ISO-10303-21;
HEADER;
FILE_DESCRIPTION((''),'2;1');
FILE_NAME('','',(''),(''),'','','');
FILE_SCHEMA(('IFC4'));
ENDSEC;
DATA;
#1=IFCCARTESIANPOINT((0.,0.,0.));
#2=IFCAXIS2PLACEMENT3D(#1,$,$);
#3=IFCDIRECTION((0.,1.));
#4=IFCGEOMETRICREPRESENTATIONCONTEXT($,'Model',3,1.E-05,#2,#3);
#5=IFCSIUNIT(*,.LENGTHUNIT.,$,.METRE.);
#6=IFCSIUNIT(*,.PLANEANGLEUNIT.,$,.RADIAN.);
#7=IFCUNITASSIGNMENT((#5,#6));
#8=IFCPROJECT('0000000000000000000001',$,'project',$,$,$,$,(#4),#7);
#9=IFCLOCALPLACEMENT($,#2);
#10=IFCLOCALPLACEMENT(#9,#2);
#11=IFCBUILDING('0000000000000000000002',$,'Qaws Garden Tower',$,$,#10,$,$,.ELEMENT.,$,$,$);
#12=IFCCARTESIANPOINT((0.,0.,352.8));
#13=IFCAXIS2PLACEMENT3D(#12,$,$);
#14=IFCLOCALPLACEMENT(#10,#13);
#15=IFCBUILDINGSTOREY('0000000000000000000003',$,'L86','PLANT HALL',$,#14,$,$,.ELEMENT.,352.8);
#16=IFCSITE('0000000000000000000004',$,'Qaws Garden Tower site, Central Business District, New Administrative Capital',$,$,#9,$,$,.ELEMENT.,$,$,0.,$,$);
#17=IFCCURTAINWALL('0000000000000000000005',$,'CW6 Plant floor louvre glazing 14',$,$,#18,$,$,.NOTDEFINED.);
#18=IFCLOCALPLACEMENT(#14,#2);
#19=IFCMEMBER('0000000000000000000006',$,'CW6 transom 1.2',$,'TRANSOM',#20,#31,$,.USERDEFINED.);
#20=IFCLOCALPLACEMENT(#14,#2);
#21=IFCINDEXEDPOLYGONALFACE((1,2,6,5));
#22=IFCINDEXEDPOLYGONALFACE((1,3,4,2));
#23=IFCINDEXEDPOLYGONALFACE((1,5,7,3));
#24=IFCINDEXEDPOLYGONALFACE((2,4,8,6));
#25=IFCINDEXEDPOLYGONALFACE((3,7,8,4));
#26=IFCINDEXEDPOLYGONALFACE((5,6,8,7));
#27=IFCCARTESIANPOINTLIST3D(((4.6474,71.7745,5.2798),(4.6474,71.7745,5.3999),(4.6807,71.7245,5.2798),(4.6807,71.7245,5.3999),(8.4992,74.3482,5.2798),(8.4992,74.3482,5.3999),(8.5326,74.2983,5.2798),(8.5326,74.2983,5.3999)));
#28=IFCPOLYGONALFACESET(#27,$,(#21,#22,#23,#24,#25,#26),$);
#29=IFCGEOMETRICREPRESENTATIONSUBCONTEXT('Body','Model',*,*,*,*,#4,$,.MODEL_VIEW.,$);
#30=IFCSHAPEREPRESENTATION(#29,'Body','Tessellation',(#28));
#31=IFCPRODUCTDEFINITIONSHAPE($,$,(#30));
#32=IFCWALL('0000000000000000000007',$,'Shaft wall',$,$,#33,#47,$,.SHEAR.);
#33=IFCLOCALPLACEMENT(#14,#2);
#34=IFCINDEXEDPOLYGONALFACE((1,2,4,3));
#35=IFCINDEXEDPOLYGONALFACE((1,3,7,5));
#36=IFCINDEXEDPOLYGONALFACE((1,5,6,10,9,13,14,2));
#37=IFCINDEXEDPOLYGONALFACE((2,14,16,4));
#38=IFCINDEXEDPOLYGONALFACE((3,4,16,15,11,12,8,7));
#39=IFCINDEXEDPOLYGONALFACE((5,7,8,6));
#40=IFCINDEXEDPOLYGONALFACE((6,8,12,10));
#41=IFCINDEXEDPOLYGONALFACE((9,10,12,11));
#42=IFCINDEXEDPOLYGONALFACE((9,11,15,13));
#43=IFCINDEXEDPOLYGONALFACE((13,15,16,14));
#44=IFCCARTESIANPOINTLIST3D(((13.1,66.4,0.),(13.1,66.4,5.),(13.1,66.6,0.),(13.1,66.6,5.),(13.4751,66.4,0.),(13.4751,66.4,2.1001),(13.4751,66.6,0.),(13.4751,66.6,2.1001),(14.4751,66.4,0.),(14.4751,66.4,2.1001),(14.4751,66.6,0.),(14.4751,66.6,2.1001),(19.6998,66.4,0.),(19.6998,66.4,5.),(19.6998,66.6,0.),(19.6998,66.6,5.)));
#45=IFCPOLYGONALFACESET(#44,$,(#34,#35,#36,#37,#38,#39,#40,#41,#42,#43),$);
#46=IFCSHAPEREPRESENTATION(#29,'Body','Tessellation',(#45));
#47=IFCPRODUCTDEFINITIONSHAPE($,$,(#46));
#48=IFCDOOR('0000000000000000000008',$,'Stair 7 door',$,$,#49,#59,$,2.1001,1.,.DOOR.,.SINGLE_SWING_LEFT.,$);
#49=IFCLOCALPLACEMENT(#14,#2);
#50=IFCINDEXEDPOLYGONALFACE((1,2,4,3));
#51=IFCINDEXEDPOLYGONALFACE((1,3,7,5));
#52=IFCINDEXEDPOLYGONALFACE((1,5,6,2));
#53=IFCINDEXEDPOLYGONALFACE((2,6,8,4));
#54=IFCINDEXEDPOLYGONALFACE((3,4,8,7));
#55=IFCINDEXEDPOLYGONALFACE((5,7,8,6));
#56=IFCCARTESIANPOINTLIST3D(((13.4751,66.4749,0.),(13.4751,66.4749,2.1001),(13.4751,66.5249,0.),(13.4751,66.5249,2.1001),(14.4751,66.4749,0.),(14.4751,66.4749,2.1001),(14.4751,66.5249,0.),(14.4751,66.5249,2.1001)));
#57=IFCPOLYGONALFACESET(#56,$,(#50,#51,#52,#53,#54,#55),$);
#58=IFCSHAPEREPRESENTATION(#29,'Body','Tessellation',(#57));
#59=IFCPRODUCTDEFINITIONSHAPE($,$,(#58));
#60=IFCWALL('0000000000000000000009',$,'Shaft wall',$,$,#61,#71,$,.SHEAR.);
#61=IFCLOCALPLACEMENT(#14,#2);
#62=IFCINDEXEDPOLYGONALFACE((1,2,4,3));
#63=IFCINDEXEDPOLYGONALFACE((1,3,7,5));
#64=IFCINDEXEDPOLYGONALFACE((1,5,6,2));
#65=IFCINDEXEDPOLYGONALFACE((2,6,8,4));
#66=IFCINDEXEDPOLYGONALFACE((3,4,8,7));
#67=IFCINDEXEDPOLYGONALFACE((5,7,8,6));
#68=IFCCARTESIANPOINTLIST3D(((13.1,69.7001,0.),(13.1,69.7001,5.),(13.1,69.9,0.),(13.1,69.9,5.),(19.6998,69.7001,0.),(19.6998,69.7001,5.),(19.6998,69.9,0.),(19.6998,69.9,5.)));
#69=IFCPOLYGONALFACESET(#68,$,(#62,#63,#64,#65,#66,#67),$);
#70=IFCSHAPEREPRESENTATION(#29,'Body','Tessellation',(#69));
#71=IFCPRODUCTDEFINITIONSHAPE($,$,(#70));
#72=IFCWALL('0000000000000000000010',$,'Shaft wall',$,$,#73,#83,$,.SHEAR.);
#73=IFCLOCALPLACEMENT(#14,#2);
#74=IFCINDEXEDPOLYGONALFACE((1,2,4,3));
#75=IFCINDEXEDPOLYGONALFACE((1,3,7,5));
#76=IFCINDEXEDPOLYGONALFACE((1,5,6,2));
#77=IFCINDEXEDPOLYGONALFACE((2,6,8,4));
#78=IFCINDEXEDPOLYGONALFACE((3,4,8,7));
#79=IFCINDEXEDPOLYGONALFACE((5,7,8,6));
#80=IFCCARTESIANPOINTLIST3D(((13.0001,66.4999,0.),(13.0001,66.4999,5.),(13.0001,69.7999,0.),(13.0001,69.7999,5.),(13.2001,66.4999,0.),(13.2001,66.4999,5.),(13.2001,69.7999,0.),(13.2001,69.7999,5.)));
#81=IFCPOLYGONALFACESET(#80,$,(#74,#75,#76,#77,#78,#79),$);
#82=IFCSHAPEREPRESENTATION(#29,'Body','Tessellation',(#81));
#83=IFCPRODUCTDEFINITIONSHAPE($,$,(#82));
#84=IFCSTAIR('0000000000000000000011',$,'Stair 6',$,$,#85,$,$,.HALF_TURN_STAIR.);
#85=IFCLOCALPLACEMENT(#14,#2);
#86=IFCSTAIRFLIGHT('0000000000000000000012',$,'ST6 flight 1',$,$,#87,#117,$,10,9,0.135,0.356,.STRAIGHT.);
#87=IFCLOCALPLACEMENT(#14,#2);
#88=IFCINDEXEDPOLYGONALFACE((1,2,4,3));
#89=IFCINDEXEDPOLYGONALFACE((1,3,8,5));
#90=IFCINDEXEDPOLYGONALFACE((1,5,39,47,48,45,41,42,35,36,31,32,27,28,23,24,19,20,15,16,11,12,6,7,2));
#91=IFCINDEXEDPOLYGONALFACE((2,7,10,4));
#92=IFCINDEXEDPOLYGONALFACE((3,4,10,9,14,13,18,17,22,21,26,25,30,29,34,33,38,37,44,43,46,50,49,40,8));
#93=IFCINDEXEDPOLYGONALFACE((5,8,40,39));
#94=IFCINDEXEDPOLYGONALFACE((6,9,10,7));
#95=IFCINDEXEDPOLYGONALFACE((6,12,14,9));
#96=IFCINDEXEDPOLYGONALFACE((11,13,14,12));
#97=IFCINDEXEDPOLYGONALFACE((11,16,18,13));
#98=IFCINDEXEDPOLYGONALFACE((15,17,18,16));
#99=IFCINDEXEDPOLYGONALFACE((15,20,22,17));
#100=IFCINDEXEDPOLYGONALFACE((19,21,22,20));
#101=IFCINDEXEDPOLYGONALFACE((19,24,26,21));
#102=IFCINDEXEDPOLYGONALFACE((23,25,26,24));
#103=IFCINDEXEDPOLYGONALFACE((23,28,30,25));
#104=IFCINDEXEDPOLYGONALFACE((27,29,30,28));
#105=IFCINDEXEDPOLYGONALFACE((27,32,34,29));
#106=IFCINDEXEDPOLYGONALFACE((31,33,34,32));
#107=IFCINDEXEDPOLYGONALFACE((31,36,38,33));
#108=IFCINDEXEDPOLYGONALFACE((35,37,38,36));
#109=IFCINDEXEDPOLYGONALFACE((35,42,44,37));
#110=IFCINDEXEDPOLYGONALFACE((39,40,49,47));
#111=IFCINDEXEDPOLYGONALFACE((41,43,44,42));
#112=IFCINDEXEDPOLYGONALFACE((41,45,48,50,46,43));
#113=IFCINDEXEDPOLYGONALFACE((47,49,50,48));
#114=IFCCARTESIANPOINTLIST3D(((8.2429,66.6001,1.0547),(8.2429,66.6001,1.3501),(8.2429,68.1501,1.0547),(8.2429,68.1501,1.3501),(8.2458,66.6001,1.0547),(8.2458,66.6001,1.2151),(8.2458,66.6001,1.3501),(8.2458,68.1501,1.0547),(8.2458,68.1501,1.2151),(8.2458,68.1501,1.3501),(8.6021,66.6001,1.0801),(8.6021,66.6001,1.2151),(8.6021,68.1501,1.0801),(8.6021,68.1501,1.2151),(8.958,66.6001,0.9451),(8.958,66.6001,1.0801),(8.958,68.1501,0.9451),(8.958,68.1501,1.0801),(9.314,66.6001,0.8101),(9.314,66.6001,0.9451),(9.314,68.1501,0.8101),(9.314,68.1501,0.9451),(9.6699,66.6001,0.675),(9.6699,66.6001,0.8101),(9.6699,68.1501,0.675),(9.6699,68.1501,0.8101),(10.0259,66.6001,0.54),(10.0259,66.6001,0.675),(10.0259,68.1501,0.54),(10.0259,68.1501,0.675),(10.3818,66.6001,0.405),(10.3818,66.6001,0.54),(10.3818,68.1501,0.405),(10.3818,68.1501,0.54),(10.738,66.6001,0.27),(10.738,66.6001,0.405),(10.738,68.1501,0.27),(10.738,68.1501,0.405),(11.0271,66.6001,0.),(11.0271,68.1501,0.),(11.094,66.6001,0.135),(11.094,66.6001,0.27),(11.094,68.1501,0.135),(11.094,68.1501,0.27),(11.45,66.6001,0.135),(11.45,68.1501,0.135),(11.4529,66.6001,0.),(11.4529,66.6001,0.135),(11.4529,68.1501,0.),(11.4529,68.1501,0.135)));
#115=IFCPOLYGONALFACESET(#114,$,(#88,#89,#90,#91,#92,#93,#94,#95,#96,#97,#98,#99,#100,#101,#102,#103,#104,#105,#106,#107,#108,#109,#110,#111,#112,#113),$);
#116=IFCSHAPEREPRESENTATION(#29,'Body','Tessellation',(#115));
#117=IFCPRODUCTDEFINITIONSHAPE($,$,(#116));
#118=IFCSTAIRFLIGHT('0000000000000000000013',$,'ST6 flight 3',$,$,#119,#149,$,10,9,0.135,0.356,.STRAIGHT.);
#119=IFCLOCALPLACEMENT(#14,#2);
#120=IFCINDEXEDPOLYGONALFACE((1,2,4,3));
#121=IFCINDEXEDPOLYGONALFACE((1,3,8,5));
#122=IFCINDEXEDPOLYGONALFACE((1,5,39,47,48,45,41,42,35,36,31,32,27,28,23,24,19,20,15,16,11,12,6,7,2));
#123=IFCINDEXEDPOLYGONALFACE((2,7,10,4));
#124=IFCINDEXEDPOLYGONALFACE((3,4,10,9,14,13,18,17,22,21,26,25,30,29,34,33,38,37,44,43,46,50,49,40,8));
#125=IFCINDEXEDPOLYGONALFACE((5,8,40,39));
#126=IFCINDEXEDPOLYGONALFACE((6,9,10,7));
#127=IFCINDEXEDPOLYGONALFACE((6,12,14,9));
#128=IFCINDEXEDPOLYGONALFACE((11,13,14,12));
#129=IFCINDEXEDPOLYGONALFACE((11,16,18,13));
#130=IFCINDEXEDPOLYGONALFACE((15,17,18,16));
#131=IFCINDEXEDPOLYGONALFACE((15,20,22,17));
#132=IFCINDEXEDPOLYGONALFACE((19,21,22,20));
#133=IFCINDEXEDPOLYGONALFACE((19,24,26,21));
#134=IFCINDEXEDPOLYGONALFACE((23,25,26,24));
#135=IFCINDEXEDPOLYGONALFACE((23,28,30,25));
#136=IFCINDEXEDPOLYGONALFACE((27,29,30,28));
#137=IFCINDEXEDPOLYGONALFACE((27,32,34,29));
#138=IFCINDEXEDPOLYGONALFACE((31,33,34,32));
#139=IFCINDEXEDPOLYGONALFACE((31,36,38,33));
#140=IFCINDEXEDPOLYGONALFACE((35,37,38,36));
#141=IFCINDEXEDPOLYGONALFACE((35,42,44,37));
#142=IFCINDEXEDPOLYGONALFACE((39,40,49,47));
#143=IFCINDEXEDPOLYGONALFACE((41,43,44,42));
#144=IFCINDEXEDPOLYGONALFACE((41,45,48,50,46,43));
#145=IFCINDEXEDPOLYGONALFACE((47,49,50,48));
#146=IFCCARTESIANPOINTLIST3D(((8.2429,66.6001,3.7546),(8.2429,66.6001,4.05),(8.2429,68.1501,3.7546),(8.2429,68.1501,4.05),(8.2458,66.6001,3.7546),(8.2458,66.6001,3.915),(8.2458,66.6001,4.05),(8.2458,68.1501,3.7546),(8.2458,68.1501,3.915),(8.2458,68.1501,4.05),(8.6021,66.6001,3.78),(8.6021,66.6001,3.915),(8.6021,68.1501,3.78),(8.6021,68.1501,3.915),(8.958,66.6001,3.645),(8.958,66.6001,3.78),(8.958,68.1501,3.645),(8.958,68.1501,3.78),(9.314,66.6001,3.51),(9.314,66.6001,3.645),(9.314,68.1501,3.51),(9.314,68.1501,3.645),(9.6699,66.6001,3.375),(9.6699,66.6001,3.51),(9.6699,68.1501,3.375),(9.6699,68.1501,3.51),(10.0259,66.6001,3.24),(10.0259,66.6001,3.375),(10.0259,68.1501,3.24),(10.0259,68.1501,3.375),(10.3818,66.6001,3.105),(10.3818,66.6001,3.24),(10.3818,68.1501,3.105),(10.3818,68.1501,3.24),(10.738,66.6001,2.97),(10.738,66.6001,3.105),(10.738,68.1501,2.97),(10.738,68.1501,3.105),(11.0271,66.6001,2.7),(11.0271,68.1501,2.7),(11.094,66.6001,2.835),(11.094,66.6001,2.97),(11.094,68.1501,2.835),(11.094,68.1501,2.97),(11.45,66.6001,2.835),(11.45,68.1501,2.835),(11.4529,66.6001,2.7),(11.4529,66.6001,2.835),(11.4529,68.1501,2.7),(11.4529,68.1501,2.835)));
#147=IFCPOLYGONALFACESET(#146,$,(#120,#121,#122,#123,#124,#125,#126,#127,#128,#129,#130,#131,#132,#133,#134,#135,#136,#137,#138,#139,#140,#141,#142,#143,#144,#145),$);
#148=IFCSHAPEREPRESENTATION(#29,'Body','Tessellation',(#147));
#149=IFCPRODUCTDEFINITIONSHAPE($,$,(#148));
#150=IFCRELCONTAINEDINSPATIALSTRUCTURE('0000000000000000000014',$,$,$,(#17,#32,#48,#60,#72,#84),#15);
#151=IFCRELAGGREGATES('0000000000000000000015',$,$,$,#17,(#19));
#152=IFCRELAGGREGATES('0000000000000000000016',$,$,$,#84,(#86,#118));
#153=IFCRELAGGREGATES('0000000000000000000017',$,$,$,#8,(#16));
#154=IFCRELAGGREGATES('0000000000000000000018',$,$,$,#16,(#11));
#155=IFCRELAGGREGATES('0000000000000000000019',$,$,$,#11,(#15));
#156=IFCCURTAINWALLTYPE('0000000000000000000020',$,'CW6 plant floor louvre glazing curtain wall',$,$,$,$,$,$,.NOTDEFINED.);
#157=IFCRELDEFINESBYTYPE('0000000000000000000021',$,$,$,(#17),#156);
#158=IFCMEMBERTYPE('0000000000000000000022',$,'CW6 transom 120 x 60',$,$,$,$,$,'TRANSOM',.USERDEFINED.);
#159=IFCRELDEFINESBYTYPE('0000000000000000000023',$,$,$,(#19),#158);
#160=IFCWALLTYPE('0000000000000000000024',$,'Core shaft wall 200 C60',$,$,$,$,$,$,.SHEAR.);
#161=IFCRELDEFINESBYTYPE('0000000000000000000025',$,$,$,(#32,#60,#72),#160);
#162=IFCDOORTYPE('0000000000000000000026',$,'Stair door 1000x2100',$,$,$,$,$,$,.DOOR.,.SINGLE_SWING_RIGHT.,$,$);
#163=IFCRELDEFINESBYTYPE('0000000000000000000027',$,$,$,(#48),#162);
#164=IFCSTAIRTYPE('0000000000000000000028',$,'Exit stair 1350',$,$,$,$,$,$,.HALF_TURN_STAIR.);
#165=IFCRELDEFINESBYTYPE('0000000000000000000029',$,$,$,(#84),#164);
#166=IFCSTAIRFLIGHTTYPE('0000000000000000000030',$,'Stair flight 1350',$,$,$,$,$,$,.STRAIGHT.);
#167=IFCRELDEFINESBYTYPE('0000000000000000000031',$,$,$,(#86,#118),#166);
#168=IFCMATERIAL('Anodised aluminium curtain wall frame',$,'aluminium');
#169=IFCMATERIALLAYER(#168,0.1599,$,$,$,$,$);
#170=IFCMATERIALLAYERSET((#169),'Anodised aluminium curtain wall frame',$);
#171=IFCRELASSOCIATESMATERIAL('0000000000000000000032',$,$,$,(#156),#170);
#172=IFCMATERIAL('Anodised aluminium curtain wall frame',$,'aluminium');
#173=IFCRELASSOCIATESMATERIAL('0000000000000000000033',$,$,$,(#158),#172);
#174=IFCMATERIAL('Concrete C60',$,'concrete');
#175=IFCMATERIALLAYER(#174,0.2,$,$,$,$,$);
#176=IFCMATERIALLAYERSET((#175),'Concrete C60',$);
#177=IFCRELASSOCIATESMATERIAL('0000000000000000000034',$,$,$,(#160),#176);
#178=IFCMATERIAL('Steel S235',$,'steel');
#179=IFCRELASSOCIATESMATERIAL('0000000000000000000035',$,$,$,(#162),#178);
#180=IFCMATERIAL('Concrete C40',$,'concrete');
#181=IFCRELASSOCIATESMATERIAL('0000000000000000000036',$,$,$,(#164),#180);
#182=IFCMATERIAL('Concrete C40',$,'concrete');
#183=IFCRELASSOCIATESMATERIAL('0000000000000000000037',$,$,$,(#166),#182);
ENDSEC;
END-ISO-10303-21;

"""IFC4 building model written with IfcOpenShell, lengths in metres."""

from ifc_helpers import new_model, si_unit, direction, frame, frame_2d, origin, origin_2d, place, context, subcontext, project, spatial, polyline, rectangle, outline, extrude, material, layer, layer_set, material_profile, profile_set, type_object, element, fill, aggregate, save


model = new_model("IFC4")

# Units and contexts
model_context = context("Model", 3, precision=1e-05, world=origin(), true_north=direction((0.0, 1.0)))
body_context = subcontext(model_context, "Body", "Model", "MODEL_VIEW")
ifc_project = project(units=[si_unit("LENGTHUNIT", "METRE"), si_unit("PLANEANGLEUNIT", "RADIAN")], contexts=[model_context])

# Site, building, storey
site_placement = place(None, origin())
site = spatial("IfcSite", under=ifc_project, at=site_placement, Name="Qaws Garden Tower site, Central Business District, New Administrative Capital", CompositionType="ELEMENT", RefElevation=0.0)
building_placement = place(site_placement, origin())
building = spatial("IfcBuilding", under=site, at=building_placement, Name="Qaws Garden Tower", CompositionType="ELEMENT")
storey_placement = place(building_placement, frame((0.0, 0.0, 352.8)))
storey = spatial("IfcBuildingStorey", under=building, at=storey_placement, Name="L86", Description="PLANT HALL", CompositionType="ELEMENT", Elevation=352.8)

# Curtain wall
ifc_material_1 = material(Name="Anodised aluminium curtain wall frame", Category="aluminium")
ifc_layer_1 = layer(ifc_material_1, 0.1599)
ifc_layer_set_1 = layer_set([ifc_layer_1], Name="Anodised aluminium curtain wall frame")
curtain_wall_type = type_object("IfcCurtainWallType", Name="CW6 plant floor louvre glazing curtain wall", PredefinedType="NOTDEFINED", material=ifc_layer_set_1)
placement_1 = place(storey_placement, origin())
curtain_wall_1 = element("IfcCurtainWall", 1, at=placement_1, inside=storey, type_object=curtain_wall_type, Name="CW6 Plant floor louvre glazing 14", PredefinedType="NOTDEFINED")

# Member
ifc_material_2 = material(Name="Anodised aluminium curtain wall frame", Category="aluminium")
ifc_material_profile_1 = material_profile(ifc_material_2, rectangle(XDim=0.0601, YDim=0.1201, at=origin_2d()), Name="AL 60x120")
ifc_profile_set_1 = profile_set([ifc_material_profile_1], Name="Anodised aluminium curtain wall frame")
member_type_1 = type_object("IfcMemberType", Name="CW6 transom 120 x 60", ElementType="TRANSOM", PredefinedType="USERDEFINED", material=ifc_profile_set_1)
member_1_placement = place(storey_placement, frame((8.5159, 74.3232, 5.3398), z_axis=(-0.831466, -0.555576, 0.0), x_axis=(0.555576, -0.831466, 0.0)))
member_1 = element("IfcMember", 2, at=member_1_placement, type_object=member_type_1, Name="CW6 transom 1.2", ObjectType="TRANSOM", PredefinedType="USERDEFINED", context=body_context, shape_type="SweptSolid", body=[
    extrude(rectangle(XDim=0.0601, YDim=0.1201, at=origin_2d()), origin(), (0.0, 0.0, 1.0), 4.6326),
])

aggregate(curtain_wall_1, [member_1])

# Wall, opening, door
ifc_material_3 = material(Name="Concrete C60", Category="concrete")
ifc_layer_2 = layer(ifc_material_3, 0.2)
ifc_layer_set_2 = layer_set([ifc_layer_2], Name="Concrete C60")
wall_type = type_object("IfcWallType", Name="Core shaft wall 200 C60", PredefinedType="SHEAR", material=ifc_layer_set_2)
wall_1_placement = place(storey_placement, frame((13.1001, 66.5, 0.0), z_axis=(0.0, 0.0, 1.0), x_axis=(1.0, 0.0, 0.0)))
wall_1 = element("IfcWall", 3, at=wall_1_placement, inside=storey, type_object=wall_type, Name="Shaft wall", PredefinedType="SHEAR", context=body_context, shape_type="SweptSolid", body=[
    extrude(rectangle(XDim=6.5999, YDim=0.2, at=frame_2d((3.2998, 0.0))), origin(), (0.0, 0.0, 1.0), 5.0),
])
opening_placement = place(wall_1_placement, frame((0.375, 0.0, 0.0)))
opening = element("IfcOpeningElement", 4, at=opening_placement, cuts=wall_1, PredefinedType="OPENING", context=body_context, shape_type="SweptSolid", body=[
    extrude(rectangle(XDim=1.0, YDim=2.1001, at=frame_2d((0.5, 1.05))), frame((0.0, 0.1099, 0.0), z_axis=(0.0, -1.0, 0.0), x_axis=(1.0, 0.0, 0.0)), (0.0, 0.0, 1.0), 0.22),
])
ifc_material_4 = material(Name="Steel S235", Category="steel")
door_type = type_object("IfcDoorType", Name="Stair door 1000x2100", OperationType="SINGLE_SWING_RIGHT", PredefinedType="DOOR", material=ifc_material_4)
door_placement = place(opening_placement, origin())
door = element("IfcDoor", 5, at=door_placement, inside=storey, type_object=door_type, Name="Stair 7 door", OperationType="SINGLE_SWING_LEFT", OverallHeight=2.1001, OverallWidth=1.0, PredefinedType="DOOR", context=body_context, shape_type="SweptSolid", body=[
    extrude(rectangle(XDim=1.0, YDim=2.1001, at=frame_2d((0.5, 1.05))), frame((0.0, 0.0249, 0.0), z_axis=(0.0, -1.0, 0.0), x_axis=(1.0, 0.0, 0.0)), (0.0, 0.0, 1.0), 0.05),
])
fill(opening, door)

# Walls
wall_2_placement = place(storey_placement, frame((13.1001, 69.8, 0.0), z_axis=(0.0, 0.0, 1.0), x_axis=(1.0, 0.0, 0.0)))
element("IfcWall", 6, at=wall_2_placement, inside=storey, type_object=wall_type, Name="Shaft wall", PredefinedType="SHEAR", context=body_context, shape_type="SweptSolid", body=[
    extrude(rectangle(XDim=6.5999, YDim=0.2, at=frame_2d((3.2998, 0.0))), origin(), (0.0, 0.0, 1.0), 5.0),
])
wall_3_placement = place(storey_placement, frame((13.1001, 66.5, 0.0), z_axis=(0.0, 0.0, 1.0), x_axis=(0.0, 1.0, 0.0)))
element("IfcWall", 7, at=wall_3_placement, inside=storey, type_object=wall_type, Name="Shaft wall", PredefinedType="SHEAR", context=body_context, shape_type="SweptSolid", body=[
    extrude(rectangle(XDim=3.3, YDim=0.2, at=frame_2d((1.6499, 0.0))), origin(), (0.0, 0.0, 1.0), 5.0),
])

# Stair, stair flights
ifc_material_5 = material(Name="Concrete C40", Category="concrete")
stair_type = type_object("IfcStairType", Name="Exit stair 1350", PredefinedType="HALF_TURN_STAIR", material=ifc_material_5)
stair = element("IfcStair", 8, at=placement_1, inside=storey, type_object=stair_type, Name="Stair 6", PredefinedType="HALF_TURN_STAIR")
ifc_material_6 = material(Name="Concrete C40", Category="concrete")
stair_flight_type = type_object("IfcStairFlightType", Name="Stair flight 1350", PredefinedType="STRAIGHT", material=ifc_material_6)
stair_flight_1_placement = place(storey_placement, frame((11.45, 67.375, 0.0), z_axis=(0.0, 0.0, 1.0), x_axis=(-1.0, 0.0, 0.0)))
stair_flight_1 = element("IfcStairFlight", 9, at=stair_flight_1_placement, type_object=stair_flight_type, Name="ST6 flight 1", NumberOfRisers=10, NumberOfTreads=9, PredefinedType="STRAIGHT", RiserHeight=0.135, TreadLength=0.356, context=body_context, shape_type="SweptSolid", body=[
    extrude(outline(polyline([(-0.0029, 0.0), (-0.0029, 0.135), (0.0, 0.135), (0.356, 0.135), (0.356, 0.27), (0.7119, 0.27), (0.7119, 0.405), (1.0681, 0.405), (1.0681, 0.54), (1.4241, 0.54), (1.4241, 0.675), (1.78, 0.675), (1.78, 0.8101), (2.136, 0.8101), (2.136, 0.9451), (2.4919, 0.9451), (2.4919, 1.0801), (2.8479, 1.0801), (2.8479, 1.2151), (3.2041, 1.2151), (3.2041, 1.3501), (3.207, 1.3501), (3.207, 1.0547), (3.2041, 1.0547), (0.4229, 0.0), (-0.0029, 0.0)])), frame((0.0, 0.7749, 0.0), z_axis=(0.0, -1.0, 0.0), x_axis=(1.0, 0.0, 0.0)), (0.0, 0.0, 1.0), 1.55),
])
stair_flight_2_placement = place(storey_placement, frame((11.45, 67.375, 2.7), z_axis=(0.0, 0.0, 1.0), x_axis=(-1.0, 0.0, 0.0)))
stair_flight_2 = element("IfcStairFlight", 10, at=stair_flight_2_placement, type_object=stair_flight_type, Name="ST6 flight 3", NumberOfRisers=10, NumberOfTreads=9, PredefinedType="STRAIGHT", RiserHeight=0.135, TreadLength=0.356, context=body_context, shape_type="SweptSolid", body=[
    extrude(outline(polyline([(-0.0029, 0.0), (-0.0029, 0.135), (0.0, 0.135), (0.356, 0.135), (0.356, 0.27), (0.7119, 0.27), (0.7119, 0.405), (1.0681, 0.405), (1.0681, 0.54), (1.4241, 0.54), (1.4241, 0.675), (1.78, 0.675), (1.78, 0.8101), (2.136, 0.8101), (2.136, 0.9451), (2.4919, 0.9451), (2.4919, 1.0801), (2.8479, 1.0801), (2.8479, 1.2151), (3.2041, 1.2151), (3.2041, 1.3501), (3.207, 1.3501), (3.207, 1.0547), (3.2041, 1.0547), (0.4229, 0.0), (-0.0029, 0.0)])), frame((0.0, 0.7749, 0.0), z_axis=(0.0, -1.0, 0.0), x_axis=(1.0, 0.0, 0.0)), (0.0, 0.0, 1.0), 1.55),
])
aggregate(stair, [stair_flight_1, stair_flight_2])

save(model, "model.ifc")
